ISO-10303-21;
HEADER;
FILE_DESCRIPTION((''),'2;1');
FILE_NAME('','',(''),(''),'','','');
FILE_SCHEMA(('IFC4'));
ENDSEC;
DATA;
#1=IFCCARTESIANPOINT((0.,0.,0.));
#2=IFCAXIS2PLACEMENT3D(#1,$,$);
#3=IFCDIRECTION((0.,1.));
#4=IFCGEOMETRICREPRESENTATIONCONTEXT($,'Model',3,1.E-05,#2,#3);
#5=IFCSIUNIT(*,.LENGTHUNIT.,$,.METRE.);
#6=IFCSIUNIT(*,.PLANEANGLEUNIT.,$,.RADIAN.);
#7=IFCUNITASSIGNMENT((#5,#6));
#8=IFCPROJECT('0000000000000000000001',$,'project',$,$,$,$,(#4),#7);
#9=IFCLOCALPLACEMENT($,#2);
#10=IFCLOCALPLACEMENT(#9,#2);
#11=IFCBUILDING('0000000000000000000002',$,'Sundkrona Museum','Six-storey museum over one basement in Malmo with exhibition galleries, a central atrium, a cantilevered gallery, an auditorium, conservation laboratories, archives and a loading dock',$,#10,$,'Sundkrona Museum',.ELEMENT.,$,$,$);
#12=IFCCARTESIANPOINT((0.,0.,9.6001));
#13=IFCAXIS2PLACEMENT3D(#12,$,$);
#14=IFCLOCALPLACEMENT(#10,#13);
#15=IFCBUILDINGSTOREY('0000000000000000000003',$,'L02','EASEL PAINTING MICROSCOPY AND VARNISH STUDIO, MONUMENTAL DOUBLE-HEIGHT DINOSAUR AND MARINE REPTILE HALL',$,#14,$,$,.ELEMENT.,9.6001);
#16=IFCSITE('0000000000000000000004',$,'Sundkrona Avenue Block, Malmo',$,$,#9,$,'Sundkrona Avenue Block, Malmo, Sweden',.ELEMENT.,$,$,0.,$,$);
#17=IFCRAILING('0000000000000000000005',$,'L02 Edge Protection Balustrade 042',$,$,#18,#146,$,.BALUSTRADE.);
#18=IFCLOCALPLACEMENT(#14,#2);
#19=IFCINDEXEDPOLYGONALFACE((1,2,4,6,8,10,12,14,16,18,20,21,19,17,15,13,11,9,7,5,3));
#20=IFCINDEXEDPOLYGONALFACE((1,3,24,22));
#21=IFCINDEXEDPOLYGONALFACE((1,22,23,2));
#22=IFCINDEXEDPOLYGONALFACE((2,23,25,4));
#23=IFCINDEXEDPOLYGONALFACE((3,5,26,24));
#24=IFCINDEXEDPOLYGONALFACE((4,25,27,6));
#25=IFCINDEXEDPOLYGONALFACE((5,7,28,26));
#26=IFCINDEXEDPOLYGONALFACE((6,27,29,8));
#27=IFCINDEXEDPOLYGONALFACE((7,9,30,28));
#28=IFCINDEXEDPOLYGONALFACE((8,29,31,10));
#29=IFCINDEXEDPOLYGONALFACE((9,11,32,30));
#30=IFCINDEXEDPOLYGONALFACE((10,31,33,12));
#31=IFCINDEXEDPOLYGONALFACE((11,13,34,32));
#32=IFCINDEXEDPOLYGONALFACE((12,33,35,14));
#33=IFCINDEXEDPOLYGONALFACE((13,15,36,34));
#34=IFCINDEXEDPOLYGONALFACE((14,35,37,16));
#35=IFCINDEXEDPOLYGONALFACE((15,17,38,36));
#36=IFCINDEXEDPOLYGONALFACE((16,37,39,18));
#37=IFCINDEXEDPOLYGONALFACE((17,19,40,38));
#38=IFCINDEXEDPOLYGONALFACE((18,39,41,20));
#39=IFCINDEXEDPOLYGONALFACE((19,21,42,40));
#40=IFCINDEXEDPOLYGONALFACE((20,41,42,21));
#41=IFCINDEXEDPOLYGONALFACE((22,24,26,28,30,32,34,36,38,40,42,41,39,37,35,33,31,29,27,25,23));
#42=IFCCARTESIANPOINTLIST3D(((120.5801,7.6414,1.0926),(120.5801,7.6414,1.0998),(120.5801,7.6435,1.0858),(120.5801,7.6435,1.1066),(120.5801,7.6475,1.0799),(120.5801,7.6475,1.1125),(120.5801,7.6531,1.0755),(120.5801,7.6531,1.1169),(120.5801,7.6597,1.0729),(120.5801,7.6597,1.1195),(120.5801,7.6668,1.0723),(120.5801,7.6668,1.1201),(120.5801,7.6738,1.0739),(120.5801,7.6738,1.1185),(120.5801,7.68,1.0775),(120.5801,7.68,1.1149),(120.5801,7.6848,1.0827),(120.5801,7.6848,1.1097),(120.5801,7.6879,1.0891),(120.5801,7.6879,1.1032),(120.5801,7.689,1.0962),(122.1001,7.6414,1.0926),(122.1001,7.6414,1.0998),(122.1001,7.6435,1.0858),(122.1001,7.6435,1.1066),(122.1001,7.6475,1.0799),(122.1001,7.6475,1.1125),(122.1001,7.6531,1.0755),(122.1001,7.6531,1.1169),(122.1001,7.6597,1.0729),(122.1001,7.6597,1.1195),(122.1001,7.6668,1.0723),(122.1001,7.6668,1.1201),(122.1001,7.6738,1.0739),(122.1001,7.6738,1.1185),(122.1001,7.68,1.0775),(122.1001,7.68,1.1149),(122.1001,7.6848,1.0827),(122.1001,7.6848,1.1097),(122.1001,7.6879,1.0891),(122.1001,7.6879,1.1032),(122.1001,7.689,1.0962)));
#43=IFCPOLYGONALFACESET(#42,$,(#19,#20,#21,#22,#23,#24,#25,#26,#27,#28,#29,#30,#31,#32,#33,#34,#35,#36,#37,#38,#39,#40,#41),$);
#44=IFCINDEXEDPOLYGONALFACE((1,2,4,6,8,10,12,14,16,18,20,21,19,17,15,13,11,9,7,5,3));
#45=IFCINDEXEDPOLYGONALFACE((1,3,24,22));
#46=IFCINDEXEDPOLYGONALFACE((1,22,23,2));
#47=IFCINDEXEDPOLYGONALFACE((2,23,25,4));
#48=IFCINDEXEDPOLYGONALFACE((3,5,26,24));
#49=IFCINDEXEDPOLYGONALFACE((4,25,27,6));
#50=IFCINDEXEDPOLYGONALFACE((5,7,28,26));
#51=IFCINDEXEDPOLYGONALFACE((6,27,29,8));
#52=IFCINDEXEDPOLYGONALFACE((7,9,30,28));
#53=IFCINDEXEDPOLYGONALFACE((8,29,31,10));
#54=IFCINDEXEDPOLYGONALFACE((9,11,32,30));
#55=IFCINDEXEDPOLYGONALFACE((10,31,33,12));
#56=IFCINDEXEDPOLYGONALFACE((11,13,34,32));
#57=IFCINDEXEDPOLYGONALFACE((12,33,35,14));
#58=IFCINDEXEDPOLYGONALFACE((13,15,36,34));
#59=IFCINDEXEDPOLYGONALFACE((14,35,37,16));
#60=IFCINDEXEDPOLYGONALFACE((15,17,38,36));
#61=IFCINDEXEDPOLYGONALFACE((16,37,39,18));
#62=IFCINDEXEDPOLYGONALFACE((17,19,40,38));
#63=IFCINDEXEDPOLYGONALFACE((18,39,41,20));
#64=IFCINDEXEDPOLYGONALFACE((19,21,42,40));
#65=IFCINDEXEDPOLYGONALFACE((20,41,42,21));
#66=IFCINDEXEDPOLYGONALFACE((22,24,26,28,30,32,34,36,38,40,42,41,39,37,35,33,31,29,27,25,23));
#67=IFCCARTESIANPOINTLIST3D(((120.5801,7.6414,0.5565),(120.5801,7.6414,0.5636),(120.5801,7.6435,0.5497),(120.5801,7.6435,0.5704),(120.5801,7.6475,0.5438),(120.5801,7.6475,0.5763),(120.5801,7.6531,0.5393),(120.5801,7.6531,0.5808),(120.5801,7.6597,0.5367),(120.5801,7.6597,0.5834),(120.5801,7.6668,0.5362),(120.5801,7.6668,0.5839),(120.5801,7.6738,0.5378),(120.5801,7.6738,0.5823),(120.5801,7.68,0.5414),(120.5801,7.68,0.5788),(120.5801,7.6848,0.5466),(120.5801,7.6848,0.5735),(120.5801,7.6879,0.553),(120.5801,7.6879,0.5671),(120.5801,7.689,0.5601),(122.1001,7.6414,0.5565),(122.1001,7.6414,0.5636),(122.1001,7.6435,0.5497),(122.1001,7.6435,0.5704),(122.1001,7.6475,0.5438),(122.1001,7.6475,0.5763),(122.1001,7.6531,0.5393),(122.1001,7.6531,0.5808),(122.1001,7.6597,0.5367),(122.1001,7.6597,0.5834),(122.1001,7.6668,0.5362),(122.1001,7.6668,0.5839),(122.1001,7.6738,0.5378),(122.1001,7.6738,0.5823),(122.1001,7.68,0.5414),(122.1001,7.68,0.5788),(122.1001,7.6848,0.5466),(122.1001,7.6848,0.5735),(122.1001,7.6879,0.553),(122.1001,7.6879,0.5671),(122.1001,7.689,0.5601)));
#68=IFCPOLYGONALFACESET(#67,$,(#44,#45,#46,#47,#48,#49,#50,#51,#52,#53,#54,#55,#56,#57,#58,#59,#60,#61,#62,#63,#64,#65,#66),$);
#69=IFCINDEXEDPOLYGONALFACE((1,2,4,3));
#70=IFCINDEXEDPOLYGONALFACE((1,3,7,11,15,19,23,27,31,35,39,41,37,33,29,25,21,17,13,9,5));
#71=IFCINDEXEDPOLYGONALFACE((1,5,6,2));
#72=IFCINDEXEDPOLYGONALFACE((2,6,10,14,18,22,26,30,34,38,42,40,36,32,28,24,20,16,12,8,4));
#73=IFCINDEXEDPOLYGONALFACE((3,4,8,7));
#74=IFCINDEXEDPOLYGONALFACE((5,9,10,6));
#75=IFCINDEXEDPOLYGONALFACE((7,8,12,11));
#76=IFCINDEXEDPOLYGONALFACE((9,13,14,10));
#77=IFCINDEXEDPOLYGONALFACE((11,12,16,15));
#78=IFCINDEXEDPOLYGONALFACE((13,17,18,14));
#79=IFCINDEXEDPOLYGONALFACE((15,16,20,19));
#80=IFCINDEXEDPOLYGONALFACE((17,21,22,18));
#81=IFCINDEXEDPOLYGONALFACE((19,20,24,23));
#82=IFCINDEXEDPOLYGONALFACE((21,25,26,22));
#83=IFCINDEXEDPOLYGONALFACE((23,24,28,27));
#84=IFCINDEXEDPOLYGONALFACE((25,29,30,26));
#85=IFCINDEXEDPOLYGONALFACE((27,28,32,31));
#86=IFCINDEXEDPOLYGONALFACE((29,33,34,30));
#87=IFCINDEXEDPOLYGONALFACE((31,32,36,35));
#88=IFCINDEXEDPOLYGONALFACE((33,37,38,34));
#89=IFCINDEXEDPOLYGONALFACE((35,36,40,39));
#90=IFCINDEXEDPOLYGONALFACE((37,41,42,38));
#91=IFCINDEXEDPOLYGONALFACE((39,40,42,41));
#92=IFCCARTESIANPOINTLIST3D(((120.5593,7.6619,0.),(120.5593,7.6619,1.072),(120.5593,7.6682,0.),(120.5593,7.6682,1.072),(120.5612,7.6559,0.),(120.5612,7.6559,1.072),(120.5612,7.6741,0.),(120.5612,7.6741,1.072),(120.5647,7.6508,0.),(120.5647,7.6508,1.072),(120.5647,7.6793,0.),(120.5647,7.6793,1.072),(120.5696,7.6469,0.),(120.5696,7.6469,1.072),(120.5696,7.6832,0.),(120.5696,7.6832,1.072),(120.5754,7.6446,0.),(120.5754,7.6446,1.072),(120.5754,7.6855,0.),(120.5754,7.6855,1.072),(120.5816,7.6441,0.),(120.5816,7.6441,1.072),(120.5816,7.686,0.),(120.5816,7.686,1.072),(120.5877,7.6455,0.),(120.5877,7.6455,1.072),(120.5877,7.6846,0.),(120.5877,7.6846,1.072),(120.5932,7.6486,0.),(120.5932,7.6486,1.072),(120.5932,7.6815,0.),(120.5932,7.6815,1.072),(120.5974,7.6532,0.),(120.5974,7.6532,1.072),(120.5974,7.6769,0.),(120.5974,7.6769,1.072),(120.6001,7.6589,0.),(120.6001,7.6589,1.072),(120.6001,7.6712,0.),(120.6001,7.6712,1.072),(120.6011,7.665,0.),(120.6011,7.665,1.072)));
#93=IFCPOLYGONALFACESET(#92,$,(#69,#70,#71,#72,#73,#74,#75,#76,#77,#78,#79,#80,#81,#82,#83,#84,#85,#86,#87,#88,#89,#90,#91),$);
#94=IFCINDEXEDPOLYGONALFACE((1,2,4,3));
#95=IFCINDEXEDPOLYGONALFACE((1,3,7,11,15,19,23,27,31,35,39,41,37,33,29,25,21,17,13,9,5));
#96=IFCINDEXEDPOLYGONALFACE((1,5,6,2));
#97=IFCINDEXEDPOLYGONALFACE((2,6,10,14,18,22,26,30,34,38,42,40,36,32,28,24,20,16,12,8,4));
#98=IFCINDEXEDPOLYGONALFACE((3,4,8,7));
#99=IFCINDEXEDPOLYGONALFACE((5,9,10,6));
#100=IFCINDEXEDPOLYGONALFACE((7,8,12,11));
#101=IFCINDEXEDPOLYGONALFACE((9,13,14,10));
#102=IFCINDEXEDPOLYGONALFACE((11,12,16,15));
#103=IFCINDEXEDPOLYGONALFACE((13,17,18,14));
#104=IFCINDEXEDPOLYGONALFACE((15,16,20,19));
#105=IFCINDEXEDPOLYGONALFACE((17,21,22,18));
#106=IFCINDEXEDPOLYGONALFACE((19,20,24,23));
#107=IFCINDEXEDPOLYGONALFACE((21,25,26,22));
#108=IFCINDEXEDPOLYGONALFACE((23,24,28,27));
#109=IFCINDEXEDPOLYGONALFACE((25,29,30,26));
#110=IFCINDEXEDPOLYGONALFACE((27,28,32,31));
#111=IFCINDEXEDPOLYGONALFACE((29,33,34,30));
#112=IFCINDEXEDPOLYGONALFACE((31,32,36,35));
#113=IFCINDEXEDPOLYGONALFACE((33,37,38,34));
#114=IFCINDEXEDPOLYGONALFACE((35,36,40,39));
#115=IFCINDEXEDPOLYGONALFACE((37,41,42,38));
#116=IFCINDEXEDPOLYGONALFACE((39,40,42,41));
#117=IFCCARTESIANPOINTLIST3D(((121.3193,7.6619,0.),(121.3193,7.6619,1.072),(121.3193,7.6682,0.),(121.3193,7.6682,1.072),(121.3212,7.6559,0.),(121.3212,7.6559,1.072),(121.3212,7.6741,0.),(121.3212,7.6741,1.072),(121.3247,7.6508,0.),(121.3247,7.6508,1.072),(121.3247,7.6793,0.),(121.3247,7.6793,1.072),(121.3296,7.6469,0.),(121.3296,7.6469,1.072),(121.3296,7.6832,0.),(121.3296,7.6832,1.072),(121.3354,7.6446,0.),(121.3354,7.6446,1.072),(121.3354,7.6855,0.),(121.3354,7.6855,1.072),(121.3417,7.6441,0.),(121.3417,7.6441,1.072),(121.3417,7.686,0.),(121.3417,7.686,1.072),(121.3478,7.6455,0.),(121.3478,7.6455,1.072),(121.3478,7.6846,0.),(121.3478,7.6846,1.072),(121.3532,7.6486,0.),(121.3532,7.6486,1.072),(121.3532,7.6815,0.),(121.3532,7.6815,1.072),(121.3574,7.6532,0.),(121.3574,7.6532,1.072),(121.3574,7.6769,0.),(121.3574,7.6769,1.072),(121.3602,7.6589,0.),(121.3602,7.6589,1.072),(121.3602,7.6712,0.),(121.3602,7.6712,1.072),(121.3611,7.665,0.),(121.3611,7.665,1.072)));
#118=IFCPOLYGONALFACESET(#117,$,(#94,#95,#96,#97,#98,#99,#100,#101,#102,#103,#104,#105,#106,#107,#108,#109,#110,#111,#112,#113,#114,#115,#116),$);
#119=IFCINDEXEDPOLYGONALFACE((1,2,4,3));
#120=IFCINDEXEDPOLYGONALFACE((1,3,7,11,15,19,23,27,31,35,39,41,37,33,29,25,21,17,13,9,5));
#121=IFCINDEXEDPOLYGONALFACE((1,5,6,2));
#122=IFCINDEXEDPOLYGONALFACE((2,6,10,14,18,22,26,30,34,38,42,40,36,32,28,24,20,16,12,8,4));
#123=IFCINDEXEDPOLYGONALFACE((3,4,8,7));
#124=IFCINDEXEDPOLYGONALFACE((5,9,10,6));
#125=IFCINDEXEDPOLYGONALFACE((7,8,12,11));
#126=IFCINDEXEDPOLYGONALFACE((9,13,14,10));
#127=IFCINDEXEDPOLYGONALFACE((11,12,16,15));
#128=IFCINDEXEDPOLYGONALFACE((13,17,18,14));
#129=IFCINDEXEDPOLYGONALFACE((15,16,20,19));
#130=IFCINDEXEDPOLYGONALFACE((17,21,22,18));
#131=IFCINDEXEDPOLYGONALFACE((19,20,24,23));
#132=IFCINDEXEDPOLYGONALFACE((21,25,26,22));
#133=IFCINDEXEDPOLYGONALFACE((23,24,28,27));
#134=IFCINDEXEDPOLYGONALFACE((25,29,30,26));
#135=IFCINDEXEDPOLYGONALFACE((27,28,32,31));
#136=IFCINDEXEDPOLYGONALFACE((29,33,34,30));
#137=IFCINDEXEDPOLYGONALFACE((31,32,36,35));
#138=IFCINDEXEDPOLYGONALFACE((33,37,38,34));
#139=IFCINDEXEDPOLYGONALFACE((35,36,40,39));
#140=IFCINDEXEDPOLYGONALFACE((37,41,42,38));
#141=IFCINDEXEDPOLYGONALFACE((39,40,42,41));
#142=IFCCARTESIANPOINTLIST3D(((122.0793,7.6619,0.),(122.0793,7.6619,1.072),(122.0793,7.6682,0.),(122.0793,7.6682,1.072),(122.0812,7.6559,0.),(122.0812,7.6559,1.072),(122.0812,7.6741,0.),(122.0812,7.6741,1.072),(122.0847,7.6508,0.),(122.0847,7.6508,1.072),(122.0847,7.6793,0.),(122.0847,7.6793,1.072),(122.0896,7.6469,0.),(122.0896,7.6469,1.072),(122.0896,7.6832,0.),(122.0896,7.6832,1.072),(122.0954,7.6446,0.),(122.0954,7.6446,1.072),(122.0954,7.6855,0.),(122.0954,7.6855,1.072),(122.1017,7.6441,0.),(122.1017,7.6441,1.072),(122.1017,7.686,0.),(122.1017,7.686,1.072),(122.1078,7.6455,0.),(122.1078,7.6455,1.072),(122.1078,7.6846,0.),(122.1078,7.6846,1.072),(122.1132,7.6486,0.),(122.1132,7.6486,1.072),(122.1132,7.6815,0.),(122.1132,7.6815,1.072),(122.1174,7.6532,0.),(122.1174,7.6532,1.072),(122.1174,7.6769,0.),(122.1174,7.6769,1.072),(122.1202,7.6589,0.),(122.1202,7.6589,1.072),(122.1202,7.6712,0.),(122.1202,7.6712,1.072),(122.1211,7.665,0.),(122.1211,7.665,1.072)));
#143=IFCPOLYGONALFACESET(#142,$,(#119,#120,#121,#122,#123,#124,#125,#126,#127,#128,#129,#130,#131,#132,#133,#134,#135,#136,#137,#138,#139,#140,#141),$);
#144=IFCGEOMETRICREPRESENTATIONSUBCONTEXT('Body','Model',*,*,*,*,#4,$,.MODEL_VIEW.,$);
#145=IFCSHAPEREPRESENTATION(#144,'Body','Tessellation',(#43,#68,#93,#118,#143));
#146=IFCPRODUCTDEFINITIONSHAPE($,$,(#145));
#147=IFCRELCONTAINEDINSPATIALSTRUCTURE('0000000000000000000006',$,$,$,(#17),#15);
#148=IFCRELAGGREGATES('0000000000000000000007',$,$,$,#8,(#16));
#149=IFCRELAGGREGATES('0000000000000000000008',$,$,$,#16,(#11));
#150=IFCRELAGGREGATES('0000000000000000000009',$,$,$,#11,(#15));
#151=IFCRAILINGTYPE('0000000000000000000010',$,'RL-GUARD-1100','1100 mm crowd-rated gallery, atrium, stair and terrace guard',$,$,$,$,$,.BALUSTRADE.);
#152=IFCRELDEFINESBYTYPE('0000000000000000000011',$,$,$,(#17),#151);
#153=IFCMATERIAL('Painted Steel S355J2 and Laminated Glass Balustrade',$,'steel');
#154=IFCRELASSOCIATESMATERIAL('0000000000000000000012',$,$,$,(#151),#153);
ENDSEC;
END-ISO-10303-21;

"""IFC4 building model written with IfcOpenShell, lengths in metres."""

from ifc_helpers import new_model, si_unit, direction, frame, origin, origin_2d, place, context, subcontext, project, spatial, circle, extrude, material, type_object, element, save


model = new_model("IFC4")

# Units and contexts
model_context = context("Model", 3, precision=1e-05, world=origin(), true_north=direction((0.0, 1.0)))
body_context = subcontext(model_context, "Body", "Model", "MODEL_VIEW")
ifc_project = project(units=[si_unit("LENGTHUNIT", "METRE"), si_unit("PLANEANGLEUNIT", "RADIAN")], contexts=[model_context])

# Site, building, storey
site_placement = place(None, origin())
site = spatial("IfcSite", under=ifc_project, at=site_placement, Name="Sundkrona Avenue Block, Malmo", LongName="Sundkrona Avenue Block, Malmo, Sweden", CompositionType="ELEMENT", RefElevation=0.0)
building_placement = place(site_placement, origin())
building = spatial("IfcBuilding", under=site, at=building_placement, Name="Sundkrona Museum", Description="Six-storey museum over one basement in Malmo with exhibition galleries, a central atrium, a cantilevered gallery, an auditorium, conservation laboratories, archives and a loading dock", LongName="Sundkrona Museum", CompositionType="ELEMENT")
storey_placement = place(building_placement, frame((0.0, 0.0, 9.6001)))
storey = spatial("IfcBuildingStorey", under=building, at=storey_placement, Name="L02", Description="EASEL PAINTING MICROSCOPY AND VARNISH STUDIO, MONUMENTAL DOUBLE-HEIGHT DINOSAUR AND MARINE REPTILE HALL", CompositionType="ELEMENT", Elevation=9.6001)

# Railing
ifc_material_1 = material(Name="Painted Steel S355J2 and Laminated Glass Balustrade", Category="steel")
railing_type_1 = type_object("IfcRailingType", Name="RL-GUARD-1100", Description="1100 mm crowd-rated gallery, atrium, stair and terrace guard", PredefinedType="BALUSTRADE", material=ifc_material_1)
for number, where, name in (
    (1, (120.5801, 7.665, 0.0), "L02 Edge Protection Balustrade 042"),
):
    element("IfcRailing", number, at=place(storey_placement, frame(where)), inside=storey, type_object=railing_type_1, Name=name, PredefinedType="BALUSTRADE", context=body_context, shape_type="SweptSolid", body=[
        extrude(circle(Radius=0.0239, at=origin_2d()), frame((0.0, 0.0, 1.0962), z_axis=(1.0, 0.0, 0.0), x_axis=(0.0, 1.0, 0.0)), (0.0, 0.0, 1.0), 1.52),
        extrude(circle(Radius=0.0239, at=origin_2d()), frame((0.0, 0.0, 0.5601), z_axis=(1.0, 0.0, 0.0), x_axis=(0.0, 1.0, 0.0)), (0.0, 0.0, 1.0), 1.52),
        extrude(circle(Radius=0.021, at=origin_2d()), origin(), (0.0, 0.0, 1.0), 1.072),
        extrude(circle(Radius=0.021, at=origin_2d()), frame((0.76, 0.0, 0.0)), (0.0, 0.0, 1.0), 1.072),
        extrude(circle(Radius=0.021, at=origin_2d()), frame((1.52, 0.0, 0.0)), (0.0, 0.0, 1.0), 1.072),
    ])

save(model, "model.ifc")
